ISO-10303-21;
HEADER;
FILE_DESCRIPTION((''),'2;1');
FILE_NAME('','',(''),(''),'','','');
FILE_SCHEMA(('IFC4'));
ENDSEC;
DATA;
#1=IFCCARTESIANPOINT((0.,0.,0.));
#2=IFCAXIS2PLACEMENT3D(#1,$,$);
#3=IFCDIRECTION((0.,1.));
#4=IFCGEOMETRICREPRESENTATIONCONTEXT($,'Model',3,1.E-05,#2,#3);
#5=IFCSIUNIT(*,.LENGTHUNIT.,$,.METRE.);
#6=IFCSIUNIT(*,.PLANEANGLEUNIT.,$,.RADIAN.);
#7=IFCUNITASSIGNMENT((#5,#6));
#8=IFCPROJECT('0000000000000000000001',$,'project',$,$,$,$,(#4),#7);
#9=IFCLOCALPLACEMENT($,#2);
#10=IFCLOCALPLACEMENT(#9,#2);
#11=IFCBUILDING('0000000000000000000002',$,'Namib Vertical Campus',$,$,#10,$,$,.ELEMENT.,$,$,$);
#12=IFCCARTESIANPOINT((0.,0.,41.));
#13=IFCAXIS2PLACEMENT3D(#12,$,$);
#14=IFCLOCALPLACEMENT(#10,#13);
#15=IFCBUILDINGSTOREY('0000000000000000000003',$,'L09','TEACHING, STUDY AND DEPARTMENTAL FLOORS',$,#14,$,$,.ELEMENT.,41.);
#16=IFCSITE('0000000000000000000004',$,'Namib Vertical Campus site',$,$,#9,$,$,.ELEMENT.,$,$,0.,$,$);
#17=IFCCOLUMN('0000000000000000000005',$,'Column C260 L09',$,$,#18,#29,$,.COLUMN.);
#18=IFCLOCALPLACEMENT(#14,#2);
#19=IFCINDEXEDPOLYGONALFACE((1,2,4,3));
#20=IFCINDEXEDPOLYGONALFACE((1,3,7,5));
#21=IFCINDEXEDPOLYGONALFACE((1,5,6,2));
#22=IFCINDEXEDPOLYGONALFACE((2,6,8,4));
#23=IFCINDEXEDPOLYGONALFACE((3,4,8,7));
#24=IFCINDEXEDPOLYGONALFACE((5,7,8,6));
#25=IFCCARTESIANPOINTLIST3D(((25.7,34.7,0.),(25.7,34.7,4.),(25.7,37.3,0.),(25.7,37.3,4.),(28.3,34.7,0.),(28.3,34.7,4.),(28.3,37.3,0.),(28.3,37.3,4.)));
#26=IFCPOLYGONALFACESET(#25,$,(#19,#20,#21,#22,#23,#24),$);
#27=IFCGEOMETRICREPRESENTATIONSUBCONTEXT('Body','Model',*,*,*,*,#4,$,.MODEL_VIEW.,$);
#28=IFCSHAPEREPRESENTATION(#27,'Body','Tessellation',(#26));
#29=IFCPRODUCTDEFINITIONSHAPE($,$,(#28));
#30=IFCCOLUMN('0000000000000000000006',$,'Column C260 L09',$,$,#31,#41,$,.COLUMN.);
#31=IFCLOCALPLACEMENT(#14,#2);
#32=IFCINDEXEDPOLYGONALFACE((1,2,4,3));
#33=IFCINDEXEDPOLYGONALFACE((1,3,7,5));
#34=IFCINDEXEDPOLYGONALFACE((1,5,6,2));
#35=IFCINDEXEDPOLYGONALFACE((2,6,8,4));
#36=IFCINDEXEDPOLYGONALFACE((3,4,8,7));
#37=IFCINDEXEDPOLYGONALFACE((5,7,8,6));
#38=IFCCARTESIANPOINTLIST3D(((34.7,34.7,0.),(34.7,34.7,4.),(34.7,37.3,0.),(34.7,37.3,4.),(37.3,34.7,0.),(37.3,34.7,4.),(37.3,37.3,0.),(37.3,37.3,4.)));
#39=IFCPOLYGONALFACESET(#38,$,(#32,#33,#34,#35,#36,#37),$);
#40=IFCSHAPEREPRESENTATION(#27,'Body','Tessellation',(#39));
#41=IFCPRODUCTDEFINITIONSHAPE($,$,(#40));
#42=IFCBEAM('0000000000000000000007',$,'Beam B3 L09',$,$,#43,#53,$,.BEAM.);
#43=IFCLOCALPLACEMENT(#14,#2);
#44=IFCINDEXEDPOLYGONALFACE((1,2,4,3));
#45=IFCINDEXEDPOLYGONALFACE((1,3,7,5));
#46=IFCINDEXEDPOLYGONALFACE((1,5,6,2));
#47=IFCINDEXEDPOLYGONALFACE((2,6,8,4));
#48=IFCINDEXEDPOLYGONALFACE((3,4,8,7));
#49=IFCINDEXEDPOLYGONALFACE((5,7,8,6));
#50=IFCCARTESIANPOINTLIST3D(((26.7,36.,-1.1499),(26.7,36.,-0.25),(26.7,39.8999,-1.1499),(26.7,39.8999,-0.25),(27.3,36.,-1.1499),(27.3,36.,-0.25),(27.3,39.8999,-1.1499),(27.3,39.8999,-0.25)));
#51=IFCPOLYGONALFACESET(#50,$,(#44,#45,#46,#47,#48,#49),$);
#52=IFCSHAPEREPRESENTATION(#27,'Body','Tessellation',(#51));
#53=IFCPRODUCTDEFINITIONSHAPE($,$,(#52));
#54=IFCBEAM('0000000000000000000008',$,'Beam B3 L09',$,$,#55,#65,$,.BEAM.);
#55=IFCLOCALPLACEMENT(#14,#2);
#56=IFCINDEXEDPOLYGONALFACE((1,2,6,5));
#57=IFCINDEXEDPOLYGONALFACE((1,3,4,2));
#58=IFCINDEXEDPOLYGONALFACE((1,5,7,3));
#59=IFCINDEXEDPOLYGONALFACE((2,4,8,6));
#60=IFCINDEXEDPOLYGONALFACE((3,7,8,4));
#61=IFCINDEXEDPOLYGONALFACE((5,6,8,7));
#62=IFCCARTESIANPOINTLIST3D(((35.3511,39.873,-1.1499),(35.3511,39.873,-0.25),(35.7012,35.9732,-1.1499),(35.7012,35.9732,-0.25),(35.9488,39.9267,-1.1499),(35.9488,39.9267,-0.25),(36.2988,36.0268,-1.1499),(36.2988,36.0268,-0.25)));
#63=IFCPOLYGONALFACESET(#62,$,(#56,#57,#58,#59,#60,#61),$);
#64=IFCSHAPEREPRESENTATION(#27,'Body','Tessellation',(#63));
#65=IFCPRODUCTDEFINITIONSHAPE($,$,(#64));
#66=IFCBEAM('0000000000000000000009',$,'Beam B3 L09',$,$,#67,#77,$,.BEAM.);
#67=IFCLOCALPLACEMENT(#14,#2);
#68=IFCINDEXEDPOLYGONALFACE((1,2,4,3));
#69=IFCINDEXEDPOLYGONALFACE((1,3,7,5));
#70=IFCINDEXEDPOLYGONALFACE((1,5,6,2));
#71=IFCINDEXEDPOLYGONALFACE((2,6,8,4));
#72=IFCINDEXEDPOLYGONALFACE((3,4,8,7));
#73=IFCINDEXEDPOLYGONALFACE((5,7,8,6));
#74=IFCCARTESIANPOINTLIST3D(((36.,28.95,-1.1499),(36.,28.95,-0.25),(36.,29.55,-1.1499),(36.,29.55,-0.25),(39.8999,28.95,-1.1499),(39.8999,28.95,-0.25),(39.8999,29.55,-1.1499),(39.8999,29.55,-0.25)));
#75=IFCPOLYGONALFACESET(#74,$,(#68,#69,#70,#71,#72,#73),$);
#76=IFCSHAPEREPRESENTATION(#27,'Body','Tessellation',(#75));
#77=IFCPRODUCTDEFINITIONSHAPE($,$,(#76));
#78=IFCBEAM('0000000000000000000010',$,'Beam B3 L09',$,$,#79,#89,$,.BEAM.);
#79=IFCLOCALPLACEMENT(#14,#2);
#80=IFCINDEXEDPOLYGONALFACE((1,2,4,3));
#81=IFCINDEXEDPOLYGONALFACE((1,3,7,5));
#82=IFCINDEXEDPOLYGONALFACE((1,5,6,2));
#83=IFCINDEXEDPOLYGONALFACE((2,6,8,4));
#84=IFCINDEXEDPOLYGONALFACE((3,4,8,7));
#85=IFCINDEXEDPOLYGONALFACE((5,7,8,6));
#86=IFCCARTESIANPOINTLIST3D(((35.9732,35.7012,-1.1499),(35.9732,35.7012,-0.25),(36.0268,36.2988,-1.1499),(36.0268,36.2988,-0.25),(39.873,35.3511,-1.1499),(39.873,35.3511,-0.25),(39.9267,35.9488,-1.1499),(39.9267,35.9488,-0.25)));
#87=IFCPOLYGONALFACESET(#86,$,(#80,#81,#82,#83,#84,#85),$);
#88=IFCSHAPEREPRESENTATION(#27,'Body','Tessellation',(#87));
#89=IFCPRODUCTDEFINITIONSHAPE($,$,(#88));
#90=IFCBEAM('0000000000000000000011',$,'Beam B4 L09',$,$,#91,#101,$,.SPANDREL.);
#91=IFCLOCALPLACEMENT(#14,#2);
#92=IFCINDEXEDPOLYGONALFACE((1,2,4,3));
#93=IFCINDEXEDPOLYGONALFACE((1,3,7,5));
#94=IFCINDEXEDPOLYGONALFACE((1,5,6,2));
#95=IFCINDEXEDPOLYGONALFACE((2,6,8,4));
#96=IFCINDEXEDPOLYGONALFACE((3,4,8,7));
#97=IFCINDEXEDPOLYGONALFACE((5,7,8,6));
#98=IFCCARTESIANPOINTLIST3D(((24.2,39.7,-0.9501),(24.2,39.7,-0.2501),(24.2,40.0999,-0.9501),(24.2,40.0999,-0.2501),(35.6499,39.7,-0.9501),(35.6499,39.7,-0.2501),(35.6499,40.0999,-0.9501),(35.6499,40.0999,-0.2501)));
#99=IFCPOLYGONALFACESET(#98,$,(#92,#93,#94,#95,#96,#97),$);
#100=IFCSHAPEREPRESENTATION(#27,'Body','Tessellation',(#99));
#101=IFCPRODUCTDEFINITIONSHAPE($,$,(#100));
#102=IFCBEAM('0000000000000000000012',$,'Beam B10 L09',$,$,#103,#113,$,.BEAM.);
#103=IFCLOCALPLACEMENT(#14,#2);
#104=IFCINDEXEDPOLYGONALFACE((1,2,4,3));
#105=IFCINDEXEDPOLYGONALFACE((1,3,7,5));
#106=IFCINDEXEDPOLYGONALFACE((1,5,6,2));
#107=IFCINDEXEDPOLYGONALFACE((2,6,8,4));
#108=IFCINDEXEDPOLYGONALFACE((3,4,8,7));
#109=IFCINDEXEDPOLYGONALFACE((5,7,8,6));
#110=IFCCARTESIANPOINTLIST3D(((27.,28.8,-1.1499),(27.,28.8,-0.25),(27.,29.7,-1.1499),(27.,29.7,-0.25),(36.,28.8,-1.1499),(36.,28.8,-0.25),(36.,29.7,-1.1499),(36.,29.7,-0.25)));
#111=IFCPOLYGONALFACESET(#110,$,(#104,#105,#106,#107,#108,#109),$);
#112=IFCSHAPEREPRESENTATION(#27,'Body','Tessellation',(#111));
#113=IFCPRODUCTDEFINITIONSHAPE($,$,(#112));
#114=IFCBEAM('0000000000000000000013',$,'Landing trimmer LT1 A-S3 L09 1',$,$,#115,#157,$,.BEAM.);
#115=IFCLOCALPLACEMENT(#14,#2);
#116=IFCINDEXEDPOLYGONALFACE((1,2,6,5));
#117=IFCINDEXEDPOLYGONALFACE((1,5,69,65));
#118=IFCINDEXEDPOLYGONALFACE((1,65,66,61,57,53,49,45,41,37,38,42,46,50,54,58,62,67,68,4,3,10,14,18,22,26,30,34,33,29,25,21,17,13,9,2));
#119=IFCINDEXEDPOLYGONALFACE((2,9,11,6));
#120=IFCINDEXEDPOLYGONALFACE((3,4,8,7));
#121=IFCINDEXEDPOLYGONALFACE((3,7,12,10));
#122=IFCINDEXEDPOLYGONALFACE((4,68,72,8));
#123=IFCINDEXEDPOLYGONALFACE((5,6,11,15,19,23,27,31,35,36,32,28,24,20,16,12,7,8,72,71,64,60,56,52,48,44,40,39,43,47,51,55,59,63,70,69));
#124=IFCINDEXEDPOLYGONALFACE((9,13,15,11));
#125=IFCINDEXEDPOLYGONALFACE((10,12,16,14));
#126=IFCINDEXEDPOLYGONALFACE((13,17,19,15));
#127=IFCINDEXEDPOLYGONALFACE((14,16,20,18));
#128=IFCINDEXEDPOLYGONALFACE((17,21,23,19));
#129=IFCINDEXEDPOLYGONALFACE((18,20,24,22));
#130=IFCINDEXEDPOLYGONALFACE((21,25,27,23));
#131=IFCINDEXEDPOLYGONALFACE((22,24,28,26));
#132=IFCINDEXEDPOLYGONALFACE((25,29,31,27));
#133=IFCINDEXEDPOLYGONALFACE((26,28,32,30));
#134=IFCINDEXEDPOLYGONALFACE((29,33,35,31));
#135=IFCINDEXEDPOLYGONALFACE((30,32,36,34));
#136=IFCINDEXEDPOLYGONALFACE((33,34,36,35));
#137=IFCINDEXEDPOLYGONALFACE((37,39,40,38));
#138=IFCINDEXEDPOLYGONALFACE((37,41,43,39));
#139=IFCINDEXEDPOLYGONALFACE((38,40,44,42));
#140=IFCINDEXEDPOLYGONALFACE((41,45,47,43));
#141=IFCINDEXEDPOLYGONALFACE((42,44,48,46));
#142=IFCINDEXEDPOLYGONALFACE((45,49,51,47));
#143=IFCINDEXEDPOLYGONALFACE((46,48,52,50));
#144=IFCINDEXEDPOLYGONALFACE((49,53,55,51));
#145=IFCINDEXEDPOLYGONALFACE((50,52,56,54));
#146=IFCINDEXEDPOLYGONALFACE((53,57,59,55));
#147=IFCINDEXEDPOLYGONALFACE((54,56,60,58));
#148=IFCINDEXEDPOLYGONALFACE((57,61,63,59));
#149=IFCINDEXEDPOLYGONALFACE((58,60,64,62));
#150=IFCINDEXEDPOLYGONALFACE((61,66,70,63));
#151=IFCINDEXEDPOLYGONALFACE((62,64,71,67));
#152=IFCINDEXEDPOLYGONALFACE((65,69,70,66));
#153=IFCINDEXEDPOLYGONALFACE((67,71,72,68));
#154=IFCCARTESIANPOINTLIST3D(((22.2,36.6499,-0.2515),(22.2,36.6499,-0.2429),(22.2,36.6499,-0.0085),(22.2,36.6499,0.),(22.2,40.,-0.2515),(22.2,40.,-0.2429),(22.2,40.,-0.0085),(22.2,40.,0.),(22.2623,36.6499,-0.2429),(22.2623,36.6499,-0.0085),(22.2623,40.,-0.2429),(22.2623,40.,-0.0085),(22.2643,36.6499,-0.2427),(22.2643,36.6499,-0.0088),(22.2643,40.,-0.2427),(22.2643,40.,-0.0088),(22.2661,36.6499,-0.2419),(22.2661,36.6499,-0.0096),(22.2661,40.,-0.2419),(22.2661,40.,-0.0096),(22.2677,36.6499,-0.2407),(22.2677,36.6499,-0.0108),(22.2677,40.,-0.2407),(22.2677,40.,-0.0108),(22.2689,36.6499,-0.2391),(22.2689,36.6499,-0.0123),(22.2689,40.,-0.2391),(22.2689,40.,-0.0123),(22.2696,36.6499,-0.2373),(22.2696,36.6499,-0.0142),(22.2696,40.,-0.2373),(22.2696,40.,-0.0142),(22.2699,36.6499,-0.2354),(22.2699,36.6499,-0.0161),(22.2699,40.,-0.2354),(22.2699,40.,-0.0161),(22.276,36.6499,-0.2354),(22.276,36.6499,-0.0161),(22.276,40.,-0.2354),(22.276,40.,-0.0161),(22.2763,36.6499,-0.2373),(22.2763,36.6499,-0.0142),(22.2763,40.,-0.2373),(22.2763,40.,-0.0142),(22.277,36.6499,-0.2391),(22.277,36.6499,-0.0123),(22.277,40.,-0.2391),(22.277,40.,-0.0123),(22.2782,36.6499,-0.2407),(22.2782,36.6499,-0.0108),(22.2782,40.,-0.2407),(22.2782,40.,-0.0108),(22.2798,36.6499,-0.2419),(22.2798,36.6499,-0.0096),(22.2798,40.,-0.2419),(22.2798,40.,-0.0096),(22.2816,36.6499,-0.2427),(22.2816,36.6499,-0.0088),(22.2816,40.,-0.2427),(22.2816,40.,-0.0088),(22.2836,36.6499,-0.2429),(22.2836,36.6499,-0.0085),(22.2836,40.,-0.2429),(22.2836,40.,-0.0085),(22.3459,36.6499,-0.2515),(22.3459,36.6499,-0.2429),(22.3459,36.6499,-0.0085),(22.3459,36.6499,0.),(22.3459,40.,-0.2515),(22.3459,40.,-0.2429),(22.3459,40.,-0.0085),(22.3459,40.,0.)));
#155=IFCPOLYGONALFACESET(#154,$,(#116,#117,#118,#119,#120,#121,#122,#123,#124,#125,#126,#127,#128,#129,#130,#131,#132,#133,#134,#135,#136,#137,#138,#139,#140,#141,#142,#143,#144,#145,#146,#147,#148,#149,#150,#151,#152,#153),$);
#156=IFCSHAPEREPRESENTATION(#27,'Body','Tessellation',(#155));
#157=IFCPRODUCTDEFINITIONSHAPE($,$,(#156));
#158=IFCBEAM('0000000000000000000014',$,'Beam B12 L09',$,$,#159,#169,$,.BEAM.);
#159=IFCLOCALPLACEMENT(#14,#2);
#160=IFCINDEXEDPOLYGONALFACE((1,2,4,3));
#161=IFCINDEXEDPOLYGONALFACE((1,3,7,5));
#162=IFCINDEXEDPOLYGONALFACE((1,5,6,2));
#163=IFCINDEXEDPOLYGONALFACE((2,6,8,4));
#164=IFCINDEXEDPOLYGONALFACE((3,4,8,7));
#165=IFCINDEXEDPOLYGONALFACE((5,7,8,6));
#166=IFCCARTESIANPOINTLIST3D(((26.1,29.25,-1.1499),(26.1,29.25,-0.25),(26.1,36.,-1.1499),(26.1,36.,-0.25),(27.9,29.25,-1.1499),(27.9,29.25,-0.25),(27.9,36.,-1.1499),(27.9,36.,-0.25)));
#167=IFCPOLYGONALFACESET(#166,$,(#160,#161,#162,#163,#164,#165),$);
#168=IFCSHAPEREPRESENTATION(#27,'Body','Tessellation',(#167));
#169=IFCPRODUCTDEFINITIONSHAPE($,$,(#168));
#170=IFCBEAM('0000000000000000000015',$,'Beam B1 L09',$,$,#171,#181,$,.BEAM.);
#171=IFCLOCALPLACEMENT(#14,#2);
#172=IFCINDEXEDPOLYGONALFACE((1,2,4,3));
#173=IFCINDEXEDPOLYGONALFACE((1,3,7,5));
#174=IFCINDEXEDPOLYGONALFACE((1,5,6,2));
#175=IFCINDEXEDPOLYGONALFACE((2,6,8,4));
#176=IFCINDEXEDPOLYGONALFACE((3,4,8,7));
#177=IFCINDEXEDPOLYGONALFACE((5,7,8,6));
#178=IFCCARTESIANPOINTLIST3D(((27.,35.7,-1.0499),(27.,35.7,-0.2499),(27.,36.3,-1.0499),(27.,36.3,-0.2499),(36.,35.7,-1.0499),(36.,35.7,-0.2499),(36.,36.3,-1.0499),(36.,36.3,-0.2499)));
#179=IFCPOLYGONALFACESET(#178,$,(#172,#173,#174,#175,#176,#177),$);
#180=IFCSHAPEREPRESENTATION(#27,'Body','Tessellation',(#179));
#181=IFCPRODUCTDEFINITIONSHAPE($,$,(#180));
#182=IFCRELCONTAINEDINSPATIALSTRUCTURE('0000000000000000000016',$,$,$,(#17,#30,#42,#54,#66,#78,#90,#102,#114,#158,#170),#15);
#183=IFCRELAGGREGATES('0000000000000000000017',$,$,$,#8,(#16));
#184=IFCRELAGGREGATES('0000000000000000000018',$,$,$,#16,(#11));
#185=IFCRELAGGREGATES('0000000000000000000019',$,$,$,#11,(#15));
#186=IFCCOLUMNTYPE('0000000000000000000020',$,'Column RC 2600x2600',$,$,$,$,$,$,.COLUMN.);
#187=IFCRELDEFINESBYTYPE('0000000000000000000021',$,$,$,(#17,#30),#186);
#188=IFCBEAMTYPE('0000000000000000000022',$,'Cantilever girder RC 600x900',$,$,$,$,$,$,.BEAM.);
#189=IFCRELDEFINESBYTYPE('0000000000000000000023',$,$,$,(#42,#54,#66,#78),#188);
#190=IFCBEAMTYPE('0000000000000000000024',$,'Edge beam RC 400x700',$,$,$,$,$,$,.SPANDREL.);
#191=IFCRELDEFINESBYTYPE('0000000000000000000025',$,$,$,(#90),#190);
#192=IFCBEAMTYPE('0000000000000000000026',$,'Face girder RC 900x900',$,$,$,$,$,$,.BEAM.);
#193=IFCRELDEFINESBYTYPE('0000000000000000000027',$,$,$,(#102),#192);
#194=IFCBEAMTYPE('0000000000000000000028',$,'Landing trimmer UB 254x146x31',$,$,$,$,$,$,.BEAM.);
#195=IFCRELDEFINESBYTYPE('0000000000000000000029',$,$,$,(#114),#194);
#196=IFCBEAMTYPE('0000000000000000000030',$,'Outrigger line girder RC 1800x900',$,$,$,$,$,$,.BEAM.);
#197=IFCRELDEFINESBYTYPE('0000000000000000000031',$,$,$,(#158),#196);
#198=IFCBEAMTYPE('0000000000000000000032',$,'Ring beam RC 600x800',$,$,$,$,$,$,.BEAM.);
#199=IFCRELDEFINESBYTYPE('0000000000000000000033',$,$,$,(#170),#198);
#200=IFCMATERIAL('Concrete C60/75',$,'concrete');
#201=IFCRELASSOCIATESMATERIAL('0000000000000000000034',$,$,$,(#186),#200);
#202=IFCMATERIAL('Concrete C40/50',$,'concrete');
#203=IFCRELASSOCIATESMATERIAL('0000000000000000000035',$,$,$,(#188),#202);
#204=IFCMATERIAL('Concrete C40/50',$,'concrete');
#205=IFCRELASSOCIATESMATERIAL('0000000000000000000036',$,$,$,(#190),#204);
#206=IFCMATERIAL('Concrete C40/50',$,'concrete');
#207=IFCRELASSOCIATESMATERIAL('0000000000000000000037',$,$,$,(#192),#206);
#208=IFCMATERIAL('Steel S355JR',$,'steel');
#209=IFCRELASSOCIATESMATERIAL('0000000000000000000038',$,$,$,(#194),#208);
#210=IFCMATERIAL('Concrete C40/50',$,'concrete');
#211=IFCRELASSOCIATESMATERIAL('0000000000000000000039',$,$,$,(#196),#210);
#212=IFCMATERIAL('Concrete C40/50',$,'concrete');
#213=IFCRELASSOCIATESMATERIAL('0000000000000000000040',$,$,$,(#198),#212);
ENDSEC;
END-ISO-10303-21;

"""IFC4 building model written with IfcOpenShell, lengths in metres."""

from ifc_helpers import new_model, si_unit, direction, frame, origin, origin_2d, place, context, subcontext, project, spatial, rectangle, i_section, extrude, material, material_profile, profile_set, type_object, element, save


model = new_model("IFC4")

# Units and contexts
model_context = context("Model", 3, precision=1e-05, world=origin(), true_north=direction((0.0, 1.0)))
body_context = subcontext(model_context, "Body", "Model", "MODEL_VIEW")
ifc_project = project(units=[si_unit("LENGTHUNIT", "METRE"), si_unit("PLANEANGLEUNIT", "RADIAN")], contexts=[model_context])

# Site, building, storey
site_placement = place(None, origin())
site = spatial("IfcSite", under=ifc_project, at=site_placement, Name="Namib Vertical Campus site", CompositionType="ELEMENT", RefElevation=0.0)
building_placement = place(site_placement, origin())
building = spatial("IfcBuilding", under=site, at=building_placement, Name="Namib Vertical Campus", CompositionType="ELEMENT")
storey_placement = place(building_placement, frame((0.0, 0.0, 41.0)))
storey = spatial("IfcBuildingStorey", under=building, at=storey_placement, Name="L09", Description="TEACHING, STUDY AND DEPARTMENTAL FLOORS", CompositionType="ELEMENT", Elevation=41.0)

# Columns
ifc_material_1 = material(Name="Concrete C60/75", Category="concrete")
ifc_material_profile_1 = material_profile(ifc_material_1, rectangle(XDim=2.6001, YDim=2.6001, at=origin_2d()))
ifc_profile_set_1 = profile_set([ifc_material_profile_1], Name="Concrete C60/75")
column_type = type_object("IfcColumnType", Name="Column RC 2600x2600", PredefinedType="COLUMN", material=ifc_profile_set_1)
for number, where, z_axis, x_axis, name in (
    (1, (27.0, 36.0, 0.0), (0.0, 0.0, 1.0), (1.0, 0.0, 0.0), "Column C260 L09"),
    (2, (36.0, 36.0, 0.0), (0.0, 0.0, 1.0), (1.0, 0.0, 0.0), "Column C260 L09"),
):
    element("IfcColumn", number, at=place(storey_placement, frame(where, z_axis=z_axis, x_axis=x_axis)), inside=storey, type_object=column_type, Name=name, PredefinedType="COLUMN", context=body_context, shape_type="SweptSolid", body=[
        extrude(rectangle(XDim=2.6001, YDim=2.6001, at=origin_2d()), origin(), (0.0, 0.0, 1.0), 4.0),
    ])

# Beams
ifc_material_2 = material(Name="Concrete C40/50", Category="concrete")
ifc_material_profile_2 = material_profile(ifc_material_2, rectangle(XDim=0.6001, YDim=0.8999, at=origin_2d()))
ifc_profile_set_2 = profile_set([ifc_material_profile_2], Name="Concrete C40/50")
beam_type_1 = type_object("IfcBeamType", Name="Cantilever girder RC 600x900", PredefinedType="BEAM", material=ifc_profile_set_2)
beam_1_placement = place(storey_placement, frame((27.0, 36.0, -0.7), z_axis=(0.0, 1.0, 0.0), x_axis=(-1.0, 0.0, 0.0)))
element("IfcBeam", 3, at=beam_1_placement, inside=storey, type_object=beam_type_1, Name="Beam B3 L09", PredefinedType="BEAM", context=body_context, shape_type="SweptSolid", body=[
    extrude(rectangle(XDim=0.6001, YDim=0.8999, at=origin_2d()), origin(), (0.0, 0.0, 1.0), 3.8999),
])
beam_2_placement = place(storey_placement, frame((36.0, 36.0, -0.7), z_axis=(-0.089411, 0.995995, 0.0), x_axis=(-0.995995, -0.089411, 0.0)))
element("IfcBeam", 4, at=beam_2_placement, inside=storey, type_object=beam_type_1, Name="Beam B3 L09", PredefinedType="BEAM", context=body_context, shape_type="SweptSolid", body=[
    extrude(rectangle(XDim=0.6001, YDim=0.8999, at=origin_2d()), origin(), (0.0, 0.0, 1.0), 3.9155),
])
beam_3_placement = place(storey_placement, frame((36.0, 29.25, -0.7), z_axis=(1.0, 0.0, 0.0), x_axis=(0.0, 1.0, 0.0)))
element("IfcBeam", 5, at=beam_3_placement, inside=storey, type_object=beam_type_1, Name="Beam B3 L09", PredefinedType="BEAM", context=body_context, shape_type="SweptSolid", body=[
    extrude(rectangle(XDim=0.6001, YDim=0.8999, at=origin_2d()), origin(), (0.0, 0.0, 1.0), 3.8999),
])
beam_4_placement = place(storey_placement, frame((36.0, 36.0, -0.7), z_axis=(0.995995, -0.089411, 0.0), x_axis=(0.089411, 0.995995, 0.0)))
element("IfcBeam", 6, at=beam_4_placement, inside=storey, type_object=beam_type_1, Name="Beam B3 L09", PredefinedType="BEAM", context=body_context, shape_type="SweptSolid", body=[
    extrude(rectangle(XDim=0.6001, YDim=0.8999, at=origin_2d()), origin(), (0.0, 0.0, 1.0), 3.9155),
])
ifc_material_3 = material(Name="Concrete C40/50", Category="concrete")
ifc_material_profile_3 = material_profile(ifc_material_3, rectangle(XDim=0.3999, YDim=0.7, at=origin_2d()))
ifc_profile_set_3 = profile_set([ifc_material_profile_3], Name="Concrete C40/50")
beam_type_2 = type_object("IfcBeamType", Name="Edge beam RC 400x700", PredefinedType="SPANDREL", material=ifc_profile_set_3)
beam_5_placement = place(storey_placement, frame((24.2, 39.8999, -0.6001), z_axis=(1.0, 0.0, 0.0), x_axis=(0.0, 1.0, 0.0)))
element("IfcBeam", 7, at=beam_5_placement, inside=storey, type_object=beam_type_2, Name="Beam B4 L09", PredefinedType="SPANDREL", context=body_context, shape_type="SweptSolid", body=[
    extrude(rectangle(XDim=0.3999, YDim=0.7, at=origin_2d()), origin(), (0.0, 0.0, 1.0), 11.45),
])
ifc_material_4 = material(Name="Concrete C40/50", Category="concrete")
ifc_material_profile_4 = material_profile(ifc_material_4, rectangle(XDim=0.8999, YDim=0.8999, at=origin_2d()))
ifc_profile_set_4 = profile_set([ifc_material_profile_4], Name="Concrete C40/50")
beam_type_3 = type_object("IfcBeamType", Name="Face girder RC 900x900", PredefinedType="BEAM", material=ifc_profile_set_4)
beam_6_placement = place(storey_placement, frame((36.0, 29.25, -0.7), z_axis=(-1.0, 0.0, 0.0), x_axis=(0.0, -1.0, 0.0)))
element("IfcBeam", 8, at=beam_6_placement, inside=storey, type_object=beam_type_3, Name="Beam B10 L09", PredefinedType="BEAM", context=body_context, shape_type="SweptSolid", body=[
    extrude(rectangle(XDim=0.8999, YDim=0.8999, at=origin_2d()), origin(), (0.0, 0.0, 1.0), 9.0),
])
ifc_material_5 = material(Name="Steel S355JR", Category="steel")
ifc_material_profile_5 = material_profile(ifc_material_5, i_section(OverallWidth=0.146, OverallDepth=0.2515, WebThickness=0.0061, FlangeThickness=0.0085, FilletRadius=0.0076, at=origin_2d()))
ifc_profile_set_5 = profile_set([ifc_material_profile_5], Name="Steel S355JR")
beam_type_4 = type_object("IfcBeamType", Name="Landing trimmer UB 254x146x31", PredefinedType="BEAM", material=ifc_profile_set_5)
beam_7_placement = place(storey_placement, frame((22.2729, 36.6499, -0.1257), z_axis=(0.0, 1.0, 0.0), x_axis=(-1.0, 0.0, 0.0)))
element("IfcBeam", 9, at=beam_7_placement, inside=storey, type_object=beam_type_4, Name="Landing trimmer LT1 A-S3 L09 1", PredefinedType="BEAM", context=body_context, shape_type="SweptSolid", body=[
    extrude(i_section(OverallWidth=0.146, OverallDepth=0.2515, WebThickness=0.0061, FlangeThickness=0.0085, FilletRadius=0.0076, at=origin_2d()), origin(), (0.0, 0.0, 1.0), 3.3501),
])
ifc_material_6 = material(Name="Concrete C40/50", Category="concrete")
ifc_material_profile_6 = material_profile(ifc_material_6, rectangle(XDim=1.8, YDim=0.8999, at=origin_2d()))
ifc_profile_set_6 = profile_set([ifc_material_profile_6], Name="Concrete C40/50")
beam_type_5 = type_object("IfcBeamType", Name="Outrigger line girder RC 1800x900", PredefinedType="BEAM", material=ifc_profile_set_6)
beam_8_placement = place(storey_placement, frame((27.0, 36.0, -0.7), z_axis=(0.0, -1.0, 0.0), x_axis=(1.0, 0.0, 0.0)))
element("IfcBeam", 10, at=beam_8_placement, inside=storey, type_object=beam_type_5, Name="Beam B12 L09", PredefinedType="BEAM", context=body_context, shape_type="SweptSolid", body=[
    extrude(rectangle(XDim=1.8, YDim=0.8999, at=origin_2d()), origin(), (0.0, 0.0, 1.0), 6.75),
])
ifc_material_7 = material(Name="Concrete C40/50", Category="concrete")
ifc_material_profile_7 = material_profile(ifc_material_7, rectangle(XDim=0.6001, YDim=0.8, at=origin_2d()))
ifc_profile_set_7 = profile_set([ifc_material_profile_7], Name="Concrete C40/50")
beam_type_6 = type_object("IfcBeamType", Name="Ring beam RC 600x800", PredefinedType="BEAM", material=ifc_profile_set_7)
beam_9_placement = place(storey_placement, frame((27.0, 36.0, -0.6499), z_axis=(1.0, 0.0, 0.0), x_axis=(0.0, 1.0, 0.0)))
element("IfcBeam", 11, at=beam_9_placement, inside=storey, type_object=beam_type_6, Name="Beam B1 L09", PredefinedType="BEAM", context=body_context, shape_type="SweptSolid", body=[
    extrude(rectangle(XDim=0.6001, YDim=0.8, at=origin_2d()), origin(), (0.0, 0.0, 1.0), 9.0),
])

save(model, "model.ifc")
